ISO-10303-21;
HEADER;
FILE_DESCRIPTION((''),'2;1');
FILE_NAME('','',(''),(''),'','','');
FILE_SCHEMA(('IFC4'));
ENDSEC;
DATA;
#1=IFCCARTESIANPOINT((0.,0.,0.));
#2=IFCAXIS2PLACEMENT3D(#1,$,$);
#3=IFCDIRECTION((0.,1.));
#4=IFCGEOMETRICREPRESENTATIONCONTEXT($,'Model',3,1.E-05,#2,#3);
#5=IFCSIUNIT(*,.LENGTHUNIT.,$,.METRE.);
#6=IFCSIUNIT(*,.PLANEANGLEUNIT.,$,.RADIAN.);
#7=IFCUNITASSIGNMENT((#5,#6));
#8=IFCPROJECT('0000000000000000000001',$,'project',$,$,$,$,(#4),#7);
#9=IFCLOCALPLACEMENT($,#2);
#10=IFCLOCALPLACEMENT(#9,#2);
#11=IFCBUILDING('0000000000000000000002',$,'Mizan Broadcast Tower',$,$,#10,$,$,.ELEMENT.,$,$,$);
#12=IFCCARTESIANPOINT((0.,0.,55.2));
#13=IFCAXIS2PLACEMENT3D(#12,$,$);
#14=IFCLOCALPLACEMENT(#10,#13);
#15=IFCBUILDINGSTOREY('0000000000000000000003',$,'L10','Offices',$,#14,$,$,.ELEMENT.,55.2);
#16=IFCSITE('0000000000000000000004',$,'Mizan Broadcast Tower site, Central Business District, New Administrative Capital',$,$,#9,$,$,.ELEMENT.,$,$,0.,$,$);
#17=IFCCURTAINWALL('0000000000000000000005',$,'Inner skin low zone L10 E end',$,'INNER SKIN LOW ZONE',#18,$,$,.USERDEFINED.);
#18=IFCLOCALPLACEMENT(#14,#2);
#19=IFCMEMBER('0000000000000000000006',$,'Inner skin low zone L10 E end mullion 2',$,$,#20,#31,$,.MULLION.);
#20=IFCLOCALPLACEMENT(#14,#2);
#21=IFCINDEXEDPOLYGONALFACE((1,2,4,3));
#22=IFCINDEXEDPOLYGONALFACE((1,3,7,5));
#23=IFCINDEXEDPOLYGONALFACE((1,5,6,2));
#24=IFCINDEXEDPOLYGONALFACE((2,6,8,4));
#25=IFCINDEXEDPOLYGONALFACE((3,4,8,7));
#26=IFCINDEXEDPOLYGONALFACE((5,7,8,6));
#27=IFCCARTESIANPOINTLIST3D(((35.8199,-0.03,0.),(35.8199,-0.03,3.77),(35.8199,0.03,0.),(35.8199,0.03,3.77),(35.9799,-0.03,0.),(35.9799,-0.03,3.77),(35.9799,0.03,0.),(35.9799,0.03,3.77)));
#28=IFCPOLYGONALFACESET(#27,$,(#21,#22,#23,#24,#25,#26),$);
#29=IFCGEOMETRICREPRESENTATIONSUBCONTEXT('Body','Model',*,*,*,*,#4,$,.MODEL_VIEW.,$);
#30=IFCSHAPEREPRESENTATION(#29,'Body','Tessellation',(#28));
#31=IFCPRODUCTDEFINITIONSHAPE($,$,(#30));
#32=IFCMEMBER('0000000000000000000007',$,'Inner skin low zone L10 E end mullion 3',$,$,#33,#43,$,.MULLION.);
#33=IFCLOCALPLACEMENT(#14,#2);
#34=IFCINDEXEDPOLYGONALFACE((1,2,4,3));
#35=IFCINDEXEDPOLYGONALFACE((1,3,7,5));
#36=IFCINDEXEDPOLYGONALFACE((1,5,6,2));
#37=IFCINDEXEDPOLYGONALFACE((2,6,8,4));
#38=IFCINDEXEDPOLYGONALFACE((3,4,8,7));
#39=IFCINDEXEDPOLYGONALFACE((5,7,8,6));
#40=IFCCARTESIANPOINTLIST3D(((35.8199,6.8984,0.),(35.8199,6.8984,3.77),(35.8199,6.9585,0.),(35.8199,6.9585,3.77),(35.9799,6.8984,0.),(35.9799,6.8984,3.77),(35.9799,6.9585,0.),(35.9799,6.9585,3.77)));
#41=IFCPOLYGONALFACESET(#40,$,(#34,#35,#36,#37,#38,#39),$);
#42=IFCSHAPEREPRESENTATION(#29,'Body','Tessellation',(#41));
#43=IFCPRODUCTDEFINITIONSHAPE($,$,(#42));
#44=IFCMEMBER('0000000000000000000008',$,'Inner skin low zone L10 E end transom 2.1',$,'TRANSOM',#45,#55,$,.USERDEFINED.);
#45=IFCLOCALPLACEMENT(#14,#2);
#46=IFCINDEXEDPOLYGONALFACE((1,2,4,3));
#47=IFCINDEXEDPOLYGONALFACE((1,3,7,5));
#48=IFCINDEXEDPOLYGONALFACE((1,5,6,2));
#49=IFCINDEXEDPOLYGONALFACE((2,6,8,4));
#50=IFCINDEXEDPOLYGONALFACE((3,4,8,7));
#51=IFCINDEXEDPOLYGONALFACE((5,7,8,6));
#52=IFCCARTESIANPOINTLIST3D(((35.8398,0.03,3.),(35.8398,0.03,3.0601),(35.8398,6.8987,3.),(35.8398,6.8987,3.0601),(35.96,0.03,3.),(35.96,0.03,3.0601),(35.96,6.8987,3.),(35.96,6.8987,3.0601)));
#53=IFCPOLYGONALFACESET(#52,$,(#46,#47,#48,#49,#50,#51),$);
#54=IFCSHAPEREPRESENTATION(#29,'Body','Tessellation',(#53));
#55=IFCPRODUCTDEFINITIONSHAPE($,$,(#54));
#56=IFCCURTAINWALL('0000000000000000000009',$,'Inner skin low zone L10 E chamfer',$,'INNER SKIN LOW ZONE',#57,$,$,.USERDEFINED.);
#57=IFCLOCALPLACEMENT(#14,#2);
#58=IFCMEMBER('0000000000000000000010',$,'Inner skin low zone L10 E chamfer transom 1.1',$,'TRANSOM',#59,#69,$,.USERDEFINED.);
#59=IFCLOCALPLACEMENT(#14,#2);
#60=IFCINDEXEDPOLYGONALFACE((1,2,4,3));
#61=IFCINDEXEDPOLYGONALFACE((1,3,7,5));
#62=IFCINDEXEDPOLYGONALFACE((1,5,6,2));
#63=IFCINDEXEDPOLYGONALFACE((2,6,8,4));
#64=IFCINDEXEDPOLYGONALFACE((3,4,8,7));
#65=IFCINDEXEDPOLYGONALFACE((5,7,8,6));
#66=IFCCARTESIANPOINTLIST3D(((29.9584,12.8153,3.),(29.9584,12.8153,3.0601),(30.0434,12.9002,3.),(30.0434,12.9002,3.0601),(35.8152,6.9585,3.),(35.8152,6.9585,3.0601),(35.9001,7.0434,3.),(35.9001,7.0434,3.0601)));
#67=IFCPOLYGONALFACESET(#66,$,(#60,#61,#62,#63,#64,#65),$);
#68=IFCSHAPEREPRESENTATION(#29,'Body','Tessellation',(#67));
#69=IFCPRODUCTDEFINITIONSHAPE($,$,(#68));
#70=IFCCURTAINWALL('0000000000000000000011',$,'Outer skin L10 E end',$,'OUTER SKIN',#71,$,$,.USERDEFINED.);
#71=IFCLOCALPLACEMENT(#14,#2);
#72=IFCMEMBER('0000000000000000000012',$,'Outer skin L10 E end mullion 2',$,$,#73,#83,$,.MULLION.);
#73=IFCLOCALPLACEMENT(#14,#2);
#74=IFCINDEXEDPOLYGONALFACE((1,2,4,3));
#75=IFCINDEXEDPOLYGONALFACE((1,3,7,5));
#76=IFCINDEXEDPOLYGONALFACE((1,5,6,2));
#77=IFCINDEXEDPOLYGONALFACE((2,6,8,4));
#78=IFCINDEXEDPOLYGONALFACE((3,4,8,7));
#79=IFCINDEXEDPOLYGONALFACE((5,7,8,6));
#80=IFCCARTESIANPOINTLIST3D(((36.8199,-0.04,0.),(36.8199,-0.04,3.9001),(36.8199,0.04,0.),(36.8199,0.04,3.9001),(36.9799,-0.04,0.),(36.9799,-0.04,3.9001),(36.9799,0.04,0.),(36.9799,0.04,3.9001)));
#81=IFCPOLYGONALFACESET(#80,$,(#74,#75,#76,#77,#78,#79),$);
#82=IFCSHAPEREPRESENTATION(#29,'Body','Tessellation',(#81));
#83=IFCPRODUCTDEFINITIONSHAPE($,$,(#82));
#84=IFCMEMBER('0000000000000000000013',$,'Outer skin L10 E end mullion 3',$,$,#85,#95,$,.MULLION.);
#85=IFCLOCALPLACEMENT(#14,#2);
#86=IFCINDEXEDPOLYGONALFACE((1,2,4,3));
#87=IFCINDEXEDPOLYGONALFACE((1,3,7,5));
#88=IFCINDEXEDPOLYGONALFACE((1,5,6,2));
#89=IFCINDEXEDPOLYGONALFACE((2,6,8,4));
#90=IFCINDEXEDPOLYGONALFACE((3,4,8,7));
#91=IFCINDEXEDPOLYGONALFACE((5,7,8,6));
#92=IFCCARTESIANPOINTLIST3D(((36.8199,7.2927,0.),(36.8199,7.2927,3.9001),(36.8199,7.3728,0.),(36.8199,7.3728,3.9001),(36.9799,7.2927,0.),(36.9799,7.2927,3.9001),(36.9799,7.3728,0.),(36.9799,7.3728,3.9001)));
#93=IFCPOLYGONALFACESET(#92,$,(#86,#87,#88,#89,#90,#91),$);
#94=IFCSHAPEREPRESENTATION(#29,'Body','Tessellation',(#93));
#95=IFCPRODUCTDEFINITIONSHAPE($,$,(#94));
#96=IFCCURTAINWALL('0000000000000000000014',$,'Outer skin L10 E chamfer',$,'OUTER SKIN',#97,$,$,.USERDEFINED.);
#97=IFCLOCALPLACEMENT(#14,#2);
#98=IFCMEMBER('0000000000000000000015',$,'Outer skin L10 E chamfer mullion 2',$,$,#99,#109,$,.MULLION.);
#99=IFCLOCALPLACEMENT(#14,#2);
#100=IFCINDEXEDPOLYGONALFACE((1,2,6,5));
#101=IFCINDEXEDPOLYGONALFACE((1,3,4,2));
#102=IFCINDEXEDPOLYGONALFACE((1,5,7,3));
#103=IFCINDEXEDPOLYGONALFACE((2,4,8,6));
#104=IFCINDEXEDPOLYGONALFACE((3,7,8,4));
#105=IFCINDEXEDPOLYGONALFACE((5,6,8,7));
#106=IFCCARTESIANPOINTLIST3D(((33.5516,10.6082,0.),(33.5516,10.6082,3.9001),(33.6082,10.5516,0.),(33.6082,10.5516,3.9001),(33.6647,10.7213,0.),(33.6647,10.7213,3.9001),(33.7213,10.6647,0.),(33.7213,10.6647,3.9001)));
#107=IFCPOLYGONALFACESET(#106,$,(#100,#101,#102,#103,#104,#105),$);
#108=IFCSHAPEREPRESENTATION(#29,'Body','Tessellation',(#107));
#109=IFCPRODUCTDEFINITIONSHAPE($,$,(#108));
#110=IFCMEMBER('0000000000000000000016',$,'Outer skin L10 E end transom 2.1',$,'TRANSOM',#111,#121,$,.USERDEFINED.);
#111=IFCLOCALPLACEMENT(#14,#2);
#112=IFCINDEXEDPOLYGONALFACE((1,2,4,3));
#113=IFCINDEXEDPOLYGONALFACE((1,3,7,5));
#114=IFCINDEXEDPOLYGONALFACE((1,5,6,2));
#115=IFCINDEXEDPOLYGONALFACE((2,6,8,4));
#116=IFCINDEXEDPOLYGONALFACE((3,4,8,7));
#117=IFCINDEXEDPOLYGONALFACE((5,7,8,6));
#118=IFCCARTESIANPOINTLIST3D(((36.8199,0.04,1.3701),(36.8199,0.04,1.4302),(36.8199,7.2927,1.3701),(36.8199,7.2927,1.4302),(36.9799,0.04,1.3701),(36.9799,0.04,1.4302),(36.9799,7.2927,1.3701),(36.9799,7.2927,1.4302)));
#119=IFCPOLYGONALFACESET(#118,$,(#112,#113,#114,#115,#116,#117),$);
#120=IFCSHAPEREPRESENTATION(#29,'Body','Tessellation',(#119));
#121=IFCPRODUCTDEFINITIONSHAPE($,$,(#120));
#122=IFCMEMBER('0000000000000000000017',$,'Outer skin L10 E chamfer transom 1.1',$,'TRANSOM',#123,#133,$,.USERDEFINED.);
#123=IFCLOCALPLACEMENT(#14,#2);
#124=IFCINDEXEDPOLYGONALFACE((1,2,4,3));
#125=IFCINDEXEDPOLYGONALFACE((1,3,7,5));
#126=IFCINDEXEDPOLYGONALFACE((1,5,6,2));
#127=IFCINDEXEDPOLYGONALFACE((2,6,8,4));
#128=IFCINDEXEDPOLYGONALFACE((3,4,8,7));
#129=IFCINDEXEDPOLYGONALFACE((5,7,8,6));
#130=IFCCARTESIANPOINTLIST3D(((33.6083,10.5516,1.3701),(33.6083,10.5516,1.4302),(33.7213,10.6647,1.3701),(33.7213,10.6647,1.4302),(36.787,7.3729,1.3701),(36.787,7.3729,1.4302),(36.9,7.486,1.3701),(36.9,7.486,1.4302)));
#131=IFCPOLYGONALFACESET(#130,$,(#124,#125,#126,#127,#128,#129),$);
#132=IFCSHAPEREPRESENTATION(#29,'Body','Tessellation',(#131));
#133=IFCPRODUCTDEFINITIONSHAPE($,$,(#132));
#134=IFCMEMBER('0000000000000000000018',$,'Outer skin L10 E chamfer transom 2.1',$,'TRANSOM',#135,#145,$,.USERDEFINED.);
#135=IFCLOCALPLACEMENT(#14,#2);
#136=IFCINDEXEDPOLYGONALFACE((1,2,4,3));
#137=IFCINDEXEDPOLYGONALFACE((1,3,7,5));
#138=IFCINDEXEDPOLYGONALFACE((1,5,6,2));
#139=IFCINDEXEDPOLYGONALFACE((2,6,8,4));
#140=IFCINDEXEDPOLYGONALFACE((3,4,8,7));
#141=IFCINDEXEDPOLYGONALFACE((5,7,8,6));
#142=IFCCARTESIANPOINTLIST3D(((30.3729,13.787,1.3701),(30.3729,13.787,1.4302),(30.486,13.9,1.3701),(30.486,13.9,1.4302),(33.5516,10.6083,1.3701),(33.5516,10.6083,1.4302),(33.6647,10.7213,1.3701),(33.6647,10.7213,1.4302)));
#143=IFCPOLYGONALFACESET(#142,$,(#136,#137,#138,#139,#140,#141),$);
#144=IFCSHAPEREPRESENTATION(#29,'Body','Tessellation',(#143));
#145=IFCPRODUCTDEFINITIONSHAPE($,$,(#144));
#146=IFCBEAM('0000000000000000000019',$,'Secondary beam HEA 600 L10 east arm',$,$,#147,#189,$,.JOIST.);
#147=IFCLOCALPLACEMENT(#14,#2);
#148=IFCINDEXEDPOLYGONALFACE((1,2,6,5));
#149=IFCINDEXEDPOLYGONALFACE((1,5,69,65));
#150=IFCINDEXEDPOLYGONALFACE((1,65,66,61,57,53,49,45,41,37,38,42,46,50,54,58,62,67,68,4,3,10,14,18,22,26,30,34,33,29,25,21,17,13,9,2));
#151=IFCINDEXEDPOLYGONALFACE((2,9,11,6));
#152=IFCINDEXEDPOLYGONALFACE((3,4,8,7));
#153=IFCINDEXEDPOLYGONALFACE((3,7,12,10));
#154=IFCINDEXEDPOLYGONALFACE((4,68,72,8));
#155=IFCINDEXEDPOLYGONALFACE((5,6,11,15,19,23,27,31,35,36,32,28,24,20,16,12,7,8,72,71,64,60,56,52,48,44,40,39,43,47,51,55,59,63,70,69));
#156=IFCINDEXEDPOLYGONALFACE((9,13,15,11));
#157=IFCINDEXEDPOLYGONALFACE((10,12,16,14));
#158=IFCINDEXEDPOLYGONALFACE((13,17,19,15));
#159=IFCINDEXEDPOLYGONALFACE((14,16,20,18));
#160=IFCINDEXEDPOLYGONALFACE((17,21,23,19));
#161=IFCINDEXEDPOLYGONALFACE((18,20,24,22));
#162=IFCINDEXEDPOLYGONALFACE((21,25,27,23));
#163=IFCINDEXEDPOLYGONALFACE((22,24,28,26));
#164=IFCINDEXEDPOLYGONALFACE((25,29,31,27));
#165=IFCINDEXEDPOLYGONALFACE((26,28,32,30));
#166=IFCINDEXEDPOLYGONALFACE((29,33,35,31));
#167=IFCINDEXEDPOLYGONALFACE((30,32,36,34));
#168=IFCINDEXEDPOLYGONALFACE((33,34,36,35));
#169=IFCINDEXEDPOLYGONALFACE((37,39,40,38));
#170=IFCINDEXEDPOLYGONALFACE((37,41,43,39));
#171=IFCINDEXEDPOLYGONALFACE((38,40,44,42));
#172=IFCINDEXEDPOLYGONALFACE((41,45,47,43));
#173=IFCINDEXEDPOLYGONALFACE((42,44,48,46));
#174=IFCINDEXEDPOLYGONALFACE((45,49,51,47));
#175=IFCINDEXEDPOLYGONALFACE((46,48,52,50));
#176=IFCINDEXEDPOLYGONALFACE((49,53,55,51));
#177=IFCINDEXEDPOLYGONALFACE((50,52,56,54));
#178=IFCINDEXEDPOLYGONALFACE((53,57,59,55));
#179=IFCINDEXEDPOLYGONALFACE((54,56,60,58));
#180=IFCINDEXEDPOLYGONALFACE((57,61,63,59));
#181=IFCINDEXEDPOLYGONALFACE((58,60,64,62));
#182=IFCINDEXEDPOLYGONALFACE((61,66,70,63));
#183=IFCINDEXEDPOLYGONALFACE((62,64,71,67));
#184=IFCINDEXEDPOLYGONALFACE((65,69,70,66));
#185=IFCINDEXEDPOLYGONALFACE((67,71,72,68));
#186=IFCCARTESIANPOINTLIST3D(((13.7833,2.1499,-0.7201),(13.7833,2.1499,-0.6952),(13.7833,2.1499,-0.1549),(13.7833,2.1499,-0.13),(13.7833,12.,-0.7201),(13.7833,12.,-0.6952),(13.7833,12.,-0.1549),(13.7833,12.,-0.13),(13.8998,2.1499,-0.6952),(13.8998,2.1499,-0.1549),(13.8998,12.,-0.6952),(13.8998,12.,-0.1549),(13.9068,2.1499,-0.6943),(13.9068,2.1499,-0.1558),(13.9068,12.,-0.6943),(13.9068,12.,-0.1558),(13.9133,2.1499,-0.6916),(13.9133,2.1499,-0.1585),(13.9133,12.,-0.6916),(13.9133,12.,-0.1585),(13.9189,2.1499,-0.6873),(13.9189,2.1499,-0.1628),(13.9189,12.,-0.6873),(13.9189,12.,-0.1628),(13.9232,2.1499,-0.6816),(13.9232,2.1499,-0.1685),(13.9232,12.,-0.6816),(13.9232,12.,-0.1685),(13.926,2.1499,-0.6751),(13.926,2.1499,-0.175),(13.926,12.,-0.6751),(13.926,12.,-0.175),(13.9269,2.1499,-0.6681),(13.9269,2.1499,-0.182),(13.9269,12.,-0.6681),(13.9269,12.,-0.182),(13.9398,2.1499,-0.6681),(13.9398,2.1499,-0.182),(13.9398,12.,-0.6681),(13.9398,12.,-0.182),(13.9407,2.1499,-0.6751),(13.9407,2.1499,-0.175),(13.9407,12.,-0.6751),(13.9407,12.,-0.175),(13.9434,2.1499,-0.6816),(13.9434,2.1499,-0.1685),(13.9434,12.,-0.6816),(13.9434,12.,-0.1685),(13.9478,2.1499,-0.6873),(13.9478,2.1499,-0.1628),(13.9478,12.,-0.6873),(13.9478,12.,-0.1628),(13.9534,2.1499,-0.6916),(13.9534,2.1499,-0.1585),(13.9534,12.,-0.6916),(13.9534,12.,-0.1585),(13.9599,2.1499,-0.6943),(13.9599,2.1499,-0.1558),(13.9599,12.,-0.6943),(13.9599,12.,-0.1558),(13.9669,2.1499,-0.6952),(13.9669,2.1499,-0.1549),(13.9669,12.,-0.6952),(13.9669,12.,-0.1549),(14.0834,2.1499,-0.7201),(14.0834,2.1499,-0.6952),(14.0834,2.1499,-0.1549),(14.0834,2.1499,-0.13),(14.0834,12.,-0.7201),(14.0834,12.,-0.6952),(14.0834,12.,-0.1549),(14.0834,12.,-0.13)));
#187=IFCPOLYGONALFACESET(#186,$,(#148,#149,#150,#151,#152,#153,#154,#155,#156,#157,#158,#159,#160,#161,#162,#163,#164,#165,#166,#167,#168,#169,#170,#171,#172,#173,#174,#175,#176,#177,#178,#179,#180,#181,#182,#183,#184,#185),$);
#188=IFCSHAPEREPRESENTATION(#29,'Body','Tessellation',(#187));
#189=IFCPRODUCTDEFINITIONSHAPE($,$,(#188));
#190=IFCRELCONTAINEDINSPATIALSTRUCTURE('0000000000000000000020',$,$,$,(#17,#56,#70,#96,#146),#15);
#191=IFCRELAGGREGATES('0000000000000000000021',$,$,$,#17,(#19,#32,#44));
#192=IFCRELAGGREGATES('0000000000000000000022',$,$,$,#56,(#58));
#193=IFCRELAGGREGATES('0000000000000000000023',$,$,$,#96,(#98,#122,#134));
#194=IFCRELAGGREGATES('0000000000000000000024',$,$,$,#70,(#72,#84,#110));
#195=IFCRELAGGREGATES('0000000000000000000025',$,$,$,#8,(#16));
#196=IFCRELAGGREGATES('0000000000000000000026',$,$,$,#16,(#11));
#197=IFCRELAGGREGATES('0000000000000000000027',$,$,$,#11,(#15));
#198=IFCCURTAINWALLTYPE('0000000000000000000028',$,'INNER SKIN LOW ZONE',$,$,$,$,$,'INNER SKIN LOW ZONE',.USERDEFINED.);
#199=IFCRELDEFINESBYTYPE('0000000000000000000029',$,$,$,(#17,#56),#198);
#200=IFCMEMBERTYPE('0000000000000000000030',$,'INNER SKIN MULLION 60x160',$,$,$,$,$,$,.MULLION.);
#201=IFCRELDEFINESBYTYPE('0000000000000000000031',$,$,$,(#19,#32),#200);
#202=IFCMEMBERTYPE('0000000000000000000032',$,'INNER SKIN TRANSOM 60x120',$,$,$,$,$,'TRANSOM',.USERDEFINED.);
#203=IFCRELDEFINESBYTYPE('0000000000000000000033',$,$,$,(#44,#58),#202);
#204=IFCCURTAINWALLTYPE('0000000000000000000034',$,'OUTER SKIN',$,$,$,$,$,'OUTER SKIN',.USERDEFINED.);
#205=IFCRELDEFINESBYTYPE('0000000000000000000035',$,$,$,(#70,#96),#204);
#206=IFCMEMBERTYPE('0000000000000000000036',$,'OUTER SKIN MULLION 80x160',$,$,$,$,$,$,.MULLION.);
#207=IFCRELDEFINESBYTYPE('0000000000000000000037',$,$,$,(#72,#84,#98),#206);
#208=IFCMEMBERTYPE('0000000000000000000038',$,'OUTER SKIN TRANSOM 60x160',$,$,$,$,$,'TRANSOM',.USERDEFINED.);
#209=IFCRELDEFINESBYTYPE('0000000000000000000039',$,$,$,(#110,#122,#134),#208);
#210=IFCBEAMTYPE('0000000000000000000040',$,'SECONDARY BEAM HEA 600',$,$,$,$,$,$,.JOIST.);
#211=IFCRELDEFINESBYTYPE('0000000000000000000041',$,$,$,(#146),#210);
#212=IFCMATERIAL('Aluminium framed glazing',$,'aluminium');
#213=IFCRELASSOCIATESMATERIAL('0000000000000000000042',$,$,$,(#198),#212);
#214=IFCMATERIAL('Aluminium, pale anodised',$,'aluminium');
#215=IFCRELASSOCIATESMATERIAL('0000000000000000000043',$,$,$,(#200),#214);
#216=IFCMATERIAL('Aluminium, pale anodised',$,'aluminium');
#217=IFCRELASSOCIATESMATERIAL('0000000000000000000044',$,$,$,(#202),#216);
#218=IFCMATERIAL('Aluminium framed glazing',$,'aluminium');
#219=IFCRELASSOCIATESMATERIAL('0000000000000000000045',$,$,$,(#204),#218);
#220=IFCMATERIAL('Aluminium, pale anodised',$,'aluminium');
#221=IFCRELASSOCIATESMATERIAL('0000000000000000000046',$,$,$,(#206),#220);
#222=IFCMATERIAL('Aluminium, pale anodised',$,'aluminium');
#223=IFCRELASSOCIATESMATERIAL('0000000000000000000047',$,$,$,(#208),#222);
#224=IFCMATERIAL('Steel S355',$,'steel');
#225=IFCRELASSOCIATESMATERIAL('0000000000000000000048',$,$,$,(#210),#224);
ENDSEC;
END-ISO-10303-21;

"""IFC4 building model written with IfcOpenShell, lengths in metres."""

from ifc_helpers import new_model, si_unit, direction, frame, origin, origin_2d, place, context, subcontext, project, spatial, rectangle, i_section, extrude, material, material_profile, profile_set, type_object, element, aggregate, save


model = new_model("IFC4")

# Units and contexts
model_context = context("Model", 3, precision=1e-05, world=origin(), true_north=direction((0.0, 1.0)))
body_context = subcontext(model_context, "Body", "Model", "MODEL_VIEW")
ifc_project = project(units=[si_unit("LENGTHUNIT", "METRE"), si_unit("PLANEANGLEUNIT", "RADIAN")], contexts=[model_context])

# Site, building, storey
site_placement = place(None, origin())
site = spatial("IfcSite", under=ifc_project, at=site_placement, Name="Mizan Broadcast Tower site, Central Business District, New Administrative Capital", CompositionType="ELEMENT", RefElevation=0.0)
building_placement = place(site_placement, origin())
building = spatial("IfcBuilding", under=site, at=building_placement, Name="Mizan Broadcast Tower", CompositionType="ELEMENT")
storey_placement = place(building_placement, frame((0.0, 0.0, 55.2)))
storey = spatial("IfcBuildingStorey", under=building, at=storey_placement, Name="L10", Description="Offices", CompositionType="ELEMENT", Elevation=55.2)

# Curtain wall, members
ifc_material_1 = material(Name="Aluminium framed glazing", Category="aluminium")
curtain_wall_type_1 = type_object("IfcCurtainWallType", Name="INNER SKIN LOW ZONE", ElementType="INNER SKIN LOW ZONE", PredefinedType="USERDEFINED", material=ifc_material_1)
curtain_wall_1_placement = place(storey_placement, origin())
curtain_wall_1 = element("IfcCurtainWall", 1, at=curtain_wall_1_placement, inside=storey, type_object=curtain_wall_type_1, Name="Inner skin low zone L10 E end", ObjectType="INNER SKIN LOW ZONE", PredefinedType="USERDEFINED")
ifc_material_2 = material(Name="Aluminium, pale anodised", Category="aluminium")
ifc_material_profile_1 = material_profile(ifc_material_2, rectangle(XDim=0.1599, YDim=0.0601, at=origin_2d()), Name="MULLION 160x60")
ifc_profile_set_1 = profile_set([ifc_material_profile_1], Name="Aluminium, pale anodised")
member_type_1 = type_object("IfcMemberType", Name="INNER SKIN MULLION 60x160", PredefinedType="MULLION", material=ifc_profile_set_1)
member_1_placement = place(storey_placement, frame((35.8999, 0.0, 0.0), z_axis=(0.0, 0.0, 1.0), x_axis=(-1.0, 0.0, 0.0)))
member_1 = element("IfcMember", 2, at=member_1_placement, type_object=member_type_1, Name="Inner skin low zone L10 E end mullion 2", PredefinedType="MULLION", context=body_context, shape_type="SweptSolid", body=[
    extrude(rectangle(XDim=0.1599, YDim=0.0601, at=origin_2d()), origin(), (0.0, 0.0, 1.0), 3.77),
])
member_2_placement = place(storey_placement, frame((35.8999, 6.9285, 0.0), z_axis=(0.0, 0.0, 1.0), x_axis=(-1.0, 0.0, 0.0)))
member_2 = element("IfcMember", 3, at=member_2_placement, type_object=member_type_1, Name="Inner skin low zone L10 E end mullion 3", PredefinedType="MULLION", context=body_context, shape_type="SweptSolid", body=[
    extrude(rectangle(XDim=0.1599, YDim=0.0601, at=origin_2d()), origin(), (0.0, 0.0, 1.0), 3.77),
])
ifc_material_3 = material(Name="Aluminium, pale anodised", Category="aluminium")
ifc_material_profile_2 = material_profile(ifc_material_3, rectangle(XDim=0.1201, YDim=0.0601, at=origin_2d()), Name="TRANSOM 120x60")
ifc_profile_set_2 = profile_set([ifc_material_profile_2], Name="Aluminium, pale anodised")
member_type_2 = type_object("IfcMemberType", Name="INNER SKIN TRANSOM 60x120", ElementType="TRANSOM", PredefinedType="USERDEFINED", material=ifc_profile_set_2)
member_3_placement = place(storey_placement, frame((35.8999, 0.03, 3.03), z_axis=(0.0, 1.0, 0.0), x_axis=(-1.0, 0.0, 0.0)))
member_3 = element("IfcMember", 4, at=member_3_placement, type_object=member_type_2, Name="Inner skin low zone L10 E end transom 2.1", ObjectType="TRANSOM", PredefinedType="USERDEFINED", context=body_context, shape_type="SweptSolid", body=[
    extrude(rectangle(XDim=0.1201, YDim=0.0601, at=origin_2d()), origin(), (0.0, 0.0, 1.0), 6.8687),
])

# Curtain wall, member
curtain_wall_2_placement = place(storey_placement, origin())
curtain_wall_2 = element("IfcCurtainWall", 5, at=curtain_wall_2_placement, inside=storey, type_object=curtain_wall_type_1, Name="Inner skin low zone L10 E chamfer", ObjectType="INNER SKIN LOW ZONE", PredefinedType="USERDEFINED")
member_4_placement = place(storey_placement, frame((35.8577, 7.001, 3.03), z_axis=(-0.707107, 0.707107, 0.0), x_axis=(-0.707107, -0.707107, 0.0)))
member_4 = element("IfcMember", 6, at=member_4_placement, type_object=member_type_2, Name="Inner skin low zone L10 E chamfer transom 1.1", ObjectType="TRANSOM", PredefinedType="USERDEFINED", context=body_context, shape_type="SweptSolid", body=[
    extrude(rectangle(XDim=0.1201, YDim=0.0601, at=origin_2d()), origin(), (0.0, 0.0, 1.0), 8.2827),
])

# Curtain wall, members
ifc_material_4 = material(Name="Aluminium framed glazing", Category="aluminium")
curtain_wall_type_2 = type_object("IfcCurtainWallType", Name="OUTER SKIN", ElementType="OUTER SKIN", PredefinedType="USERDEFINED", material=ifc_material_4)
curtain_wall_3_placement = place(storey_placement, origin())
curtain_wall_3 = element("IfcCurtainWall", 7, at=curtain_wall_3_placement, inside=storey, type_object=curtain_wall_type_2, Name="Outer skin L10 E end", ObjectType="OUTER SKIN", PredefinedType="USERDEFINED")
ifc_material_5 = material(Name="Aluminium, pale anodised", Category="aluminium")
ifc_material_profile_3 = material_profile(ifc_material_5, rectangle(XDim=0.1599, YDim=0.0801, at=origin_2d()), Name="MULLION 160x80")
ifc_profile_set_3 = profile_set([ifc_material_profile_3], Name="Aluminium, pale anodised")
member_type_3 = type_object("IfcMemberType", Name="OUTER SKIN MULLION 80x160", PredefinedType="MULLION", material=ifc_profile_set_3)
member_5_placement = place(storey_placement, frame((36.8999, 0.0, 0.0), z_axis=(0.0, 0.0, 1.0), x_axis=(-1.0, 0.0, 0.0)))
member_5 = element("IfcMember", 8, at=member_5_placement, type_object=member_type_3, Name="Outer skin L10 E end mullion 2", PredefinedType="MULLION", context=body_context, shape_type="SweptSolid", body=[
    extrude(rectangle(XDim=0.1599, YDim=0.0801, at=origin_2d()), origin(), (0.0, 0.0, 1.0), 3.9001),
])
member_6_placement = place(storey_placement, frame((36.8999, 7.3328, 0.0), z_axis=(0.0, 0.0, 1.0), x_axis=(-1.0, 0.0, 0.0)))
member_6 = element("IfcMember", 9, at=member_6_placement, type_object=member_type_3, Name="Outer skin L10 E end mullion 3", PredefinedType="MULLION", context=body_context, shape_type="SweptSolid", body=[
    extrude(rectangle(XDim=0.1599, YDim=0.0801, at=origin_2d()), origin(), (0.0, 0.0, 1.0), 3.9001),
])

# Curtain wall, member
curtain_wall_4_placement = place(storey_placement, origin())
curtain_wall_4 = element("IfcCurtainWall", 10, at=curtain_wall_4_placement, inside=storey, type_object=curtain_wall_type_2, Name="Outer skin L10 E chamfer", ObjectType="OUTER SKIN", PredefinedType="USERDEFINED")
member_7_placement = place(storey_placement, frame((33.6365, 10.6365, 0.0), z_axis=(0.0, 0.0, 1.0), x_axis=(-0.707107, -0.707107, 0.0)))
member_7 = element("IfcMember", 11, at=member_7_placement, type_object=member_type_3, Name="Outer skin L10 E chamfer mullion 2", PredefinedType="MULLION", context=body_context, shape_type="SweptSolid", body=[
    extrude(rectangle(XDim=0.1599, YDim=0.0801, at=origin_2d()), origin(), (0.0, 0.0, 1.0), 3.9001),
])

# Members
ifc_material_6 = material(Name="Aluminium, pale anodised", Category="aluminium")
ifc_material_profile_4 = material_profile(ifc_material_6, rectangle(XDim=0.1599, YDim=0.0601, at=origin_2d()), Name="TRANSOM 160x60")
ifc_profile_set_4 = profile_set([ifc_material_profile_4], Name="Aluminium, pale anodised")
member_type_4 = type_object("IfcMemberType", Name="OUTER SKIN TRANSOM 60x160", ElementType="TRANSOM", PredefinedType="USERDEFINED", material=ifc_profile_set_4)
member_8_placement = place(storey_placement, frame((36.8999, 0.04, 1.4001), z_axis=(0.0, 1.0, 0.0), x_axis=(-1.0, 0.0, 0.0)))
member_8 = element("IfcMember", 12, at=member_8_placement, type_object=member_type_4, Name="Outer skin L10 E end transom 2.1", ObjectType="TRANSOM", PredefinedType="USERDEFINED", context=body_context, shape_type="SweptSolid", body=[
    extrude(rectangle(XDim=0.1599, YDim=0.0601, at=origin_2d()), origin(), (0.0, 0.0, 1.0), 7.2527),
])
member_9_placement = place(storey_placement, frame((36.8435, 7.4294, 1.4001), z_axis=(-0.707107, 0.707107, 0.0), x_axis=(-0.707107, -0.707107, 0.0)))
member_9 = element("IfcMember", 13, at=member_9_placement, type_object=member_type_4, Name="Outer skin L10 E chamfer transom 1.1", ObjectType="TRANSOM", PredefinedType="USERDEFINED", context=body_context, shape_type="SweptSolid", body=[
    extrude(rectangle(XDim=0.1599, YDim=0.0601, at=origin_2d()), origin(), (0.0, 0.0, 1.0), 4.4954),
])
member_10_placement = place(storey_placement, frame((33.6082, 10.6648, 1.4001), z_axis=(-0.707107, 0.707107, 0.0), x_axis=(-0.707107, -0.707107, 0.0)))
member_10 = element("IfcMember", 14, at=member_10_placement, type_object=member_type_4, Name="Outer skin L10 E chamfer transom 2.1", ObjectType="TRANSOM", PredefinedType="USERDEFINED", context=body_context, shape_type="SweptSolid", body=[
    extrude(rectangle(XDim=0.1599, YDim=0.0601, at=origin_2d()), origin(), (0.0, 0.0, 1.0), 4.4954),
])

# Beam
ifc_material_7 = material(Name="Steel S355", Category="steel")
ifc_material_profile_5 = material_profile(ifc_material_7, i_section(OverallWidth=0.3, OverallDepth=0.5901, WebThickness=0.0129, FlangeThickness=0.0249, FilletRadius=0.0271, at=origin_2d()), Name="HEA 600")
ifc_profile_set_5 = profile_set([ifc_material_profile_5], Name="Steel S355")
beam_type_1 = type_object("IfcBeamType", Name="SECONDARY BEAM HEA 600", PredefinedType="JOIST", material=ifc_profile_set_5)
for number, where, z_axis, x_axis, name in (
    (15, (13.9333, 12.0, -0.425), (0.0, -1.0, 0.0), (1.0, 0.0, 0.0), "Secondary beam HEA 600 L10 east arm"),
):
    element("IfcBeam", number, at=place(storey_placement, frame(where, z_axis=z_axis, x_axis=x_axis)), inside=storey, type_object=beam_type_1, Name=name, PredefinedType="JOIST", context=body_context, shape_type="SweptSolid", body=[
        extrude(i_section(OverallWidth=0.3, OverallDepth=0.5901, WebThickness=0.0129, FlangeThickness=0.0249, FilletRadius=0.0271, at=origin_2d()), origin(), (0.0, 0.0, 1.0), 9.8501),
    ])

aggregate(curtain_wall_1, [member_1, member_2, member_3])
aggregate(curtain_wall_2, [member_4])
aggregate(curtain_wall_4, [member_7, member_9, member_10])
aggregate(curtain_wall_3, [member_5, member_6, member_8])

save(model, "model.ifc")
